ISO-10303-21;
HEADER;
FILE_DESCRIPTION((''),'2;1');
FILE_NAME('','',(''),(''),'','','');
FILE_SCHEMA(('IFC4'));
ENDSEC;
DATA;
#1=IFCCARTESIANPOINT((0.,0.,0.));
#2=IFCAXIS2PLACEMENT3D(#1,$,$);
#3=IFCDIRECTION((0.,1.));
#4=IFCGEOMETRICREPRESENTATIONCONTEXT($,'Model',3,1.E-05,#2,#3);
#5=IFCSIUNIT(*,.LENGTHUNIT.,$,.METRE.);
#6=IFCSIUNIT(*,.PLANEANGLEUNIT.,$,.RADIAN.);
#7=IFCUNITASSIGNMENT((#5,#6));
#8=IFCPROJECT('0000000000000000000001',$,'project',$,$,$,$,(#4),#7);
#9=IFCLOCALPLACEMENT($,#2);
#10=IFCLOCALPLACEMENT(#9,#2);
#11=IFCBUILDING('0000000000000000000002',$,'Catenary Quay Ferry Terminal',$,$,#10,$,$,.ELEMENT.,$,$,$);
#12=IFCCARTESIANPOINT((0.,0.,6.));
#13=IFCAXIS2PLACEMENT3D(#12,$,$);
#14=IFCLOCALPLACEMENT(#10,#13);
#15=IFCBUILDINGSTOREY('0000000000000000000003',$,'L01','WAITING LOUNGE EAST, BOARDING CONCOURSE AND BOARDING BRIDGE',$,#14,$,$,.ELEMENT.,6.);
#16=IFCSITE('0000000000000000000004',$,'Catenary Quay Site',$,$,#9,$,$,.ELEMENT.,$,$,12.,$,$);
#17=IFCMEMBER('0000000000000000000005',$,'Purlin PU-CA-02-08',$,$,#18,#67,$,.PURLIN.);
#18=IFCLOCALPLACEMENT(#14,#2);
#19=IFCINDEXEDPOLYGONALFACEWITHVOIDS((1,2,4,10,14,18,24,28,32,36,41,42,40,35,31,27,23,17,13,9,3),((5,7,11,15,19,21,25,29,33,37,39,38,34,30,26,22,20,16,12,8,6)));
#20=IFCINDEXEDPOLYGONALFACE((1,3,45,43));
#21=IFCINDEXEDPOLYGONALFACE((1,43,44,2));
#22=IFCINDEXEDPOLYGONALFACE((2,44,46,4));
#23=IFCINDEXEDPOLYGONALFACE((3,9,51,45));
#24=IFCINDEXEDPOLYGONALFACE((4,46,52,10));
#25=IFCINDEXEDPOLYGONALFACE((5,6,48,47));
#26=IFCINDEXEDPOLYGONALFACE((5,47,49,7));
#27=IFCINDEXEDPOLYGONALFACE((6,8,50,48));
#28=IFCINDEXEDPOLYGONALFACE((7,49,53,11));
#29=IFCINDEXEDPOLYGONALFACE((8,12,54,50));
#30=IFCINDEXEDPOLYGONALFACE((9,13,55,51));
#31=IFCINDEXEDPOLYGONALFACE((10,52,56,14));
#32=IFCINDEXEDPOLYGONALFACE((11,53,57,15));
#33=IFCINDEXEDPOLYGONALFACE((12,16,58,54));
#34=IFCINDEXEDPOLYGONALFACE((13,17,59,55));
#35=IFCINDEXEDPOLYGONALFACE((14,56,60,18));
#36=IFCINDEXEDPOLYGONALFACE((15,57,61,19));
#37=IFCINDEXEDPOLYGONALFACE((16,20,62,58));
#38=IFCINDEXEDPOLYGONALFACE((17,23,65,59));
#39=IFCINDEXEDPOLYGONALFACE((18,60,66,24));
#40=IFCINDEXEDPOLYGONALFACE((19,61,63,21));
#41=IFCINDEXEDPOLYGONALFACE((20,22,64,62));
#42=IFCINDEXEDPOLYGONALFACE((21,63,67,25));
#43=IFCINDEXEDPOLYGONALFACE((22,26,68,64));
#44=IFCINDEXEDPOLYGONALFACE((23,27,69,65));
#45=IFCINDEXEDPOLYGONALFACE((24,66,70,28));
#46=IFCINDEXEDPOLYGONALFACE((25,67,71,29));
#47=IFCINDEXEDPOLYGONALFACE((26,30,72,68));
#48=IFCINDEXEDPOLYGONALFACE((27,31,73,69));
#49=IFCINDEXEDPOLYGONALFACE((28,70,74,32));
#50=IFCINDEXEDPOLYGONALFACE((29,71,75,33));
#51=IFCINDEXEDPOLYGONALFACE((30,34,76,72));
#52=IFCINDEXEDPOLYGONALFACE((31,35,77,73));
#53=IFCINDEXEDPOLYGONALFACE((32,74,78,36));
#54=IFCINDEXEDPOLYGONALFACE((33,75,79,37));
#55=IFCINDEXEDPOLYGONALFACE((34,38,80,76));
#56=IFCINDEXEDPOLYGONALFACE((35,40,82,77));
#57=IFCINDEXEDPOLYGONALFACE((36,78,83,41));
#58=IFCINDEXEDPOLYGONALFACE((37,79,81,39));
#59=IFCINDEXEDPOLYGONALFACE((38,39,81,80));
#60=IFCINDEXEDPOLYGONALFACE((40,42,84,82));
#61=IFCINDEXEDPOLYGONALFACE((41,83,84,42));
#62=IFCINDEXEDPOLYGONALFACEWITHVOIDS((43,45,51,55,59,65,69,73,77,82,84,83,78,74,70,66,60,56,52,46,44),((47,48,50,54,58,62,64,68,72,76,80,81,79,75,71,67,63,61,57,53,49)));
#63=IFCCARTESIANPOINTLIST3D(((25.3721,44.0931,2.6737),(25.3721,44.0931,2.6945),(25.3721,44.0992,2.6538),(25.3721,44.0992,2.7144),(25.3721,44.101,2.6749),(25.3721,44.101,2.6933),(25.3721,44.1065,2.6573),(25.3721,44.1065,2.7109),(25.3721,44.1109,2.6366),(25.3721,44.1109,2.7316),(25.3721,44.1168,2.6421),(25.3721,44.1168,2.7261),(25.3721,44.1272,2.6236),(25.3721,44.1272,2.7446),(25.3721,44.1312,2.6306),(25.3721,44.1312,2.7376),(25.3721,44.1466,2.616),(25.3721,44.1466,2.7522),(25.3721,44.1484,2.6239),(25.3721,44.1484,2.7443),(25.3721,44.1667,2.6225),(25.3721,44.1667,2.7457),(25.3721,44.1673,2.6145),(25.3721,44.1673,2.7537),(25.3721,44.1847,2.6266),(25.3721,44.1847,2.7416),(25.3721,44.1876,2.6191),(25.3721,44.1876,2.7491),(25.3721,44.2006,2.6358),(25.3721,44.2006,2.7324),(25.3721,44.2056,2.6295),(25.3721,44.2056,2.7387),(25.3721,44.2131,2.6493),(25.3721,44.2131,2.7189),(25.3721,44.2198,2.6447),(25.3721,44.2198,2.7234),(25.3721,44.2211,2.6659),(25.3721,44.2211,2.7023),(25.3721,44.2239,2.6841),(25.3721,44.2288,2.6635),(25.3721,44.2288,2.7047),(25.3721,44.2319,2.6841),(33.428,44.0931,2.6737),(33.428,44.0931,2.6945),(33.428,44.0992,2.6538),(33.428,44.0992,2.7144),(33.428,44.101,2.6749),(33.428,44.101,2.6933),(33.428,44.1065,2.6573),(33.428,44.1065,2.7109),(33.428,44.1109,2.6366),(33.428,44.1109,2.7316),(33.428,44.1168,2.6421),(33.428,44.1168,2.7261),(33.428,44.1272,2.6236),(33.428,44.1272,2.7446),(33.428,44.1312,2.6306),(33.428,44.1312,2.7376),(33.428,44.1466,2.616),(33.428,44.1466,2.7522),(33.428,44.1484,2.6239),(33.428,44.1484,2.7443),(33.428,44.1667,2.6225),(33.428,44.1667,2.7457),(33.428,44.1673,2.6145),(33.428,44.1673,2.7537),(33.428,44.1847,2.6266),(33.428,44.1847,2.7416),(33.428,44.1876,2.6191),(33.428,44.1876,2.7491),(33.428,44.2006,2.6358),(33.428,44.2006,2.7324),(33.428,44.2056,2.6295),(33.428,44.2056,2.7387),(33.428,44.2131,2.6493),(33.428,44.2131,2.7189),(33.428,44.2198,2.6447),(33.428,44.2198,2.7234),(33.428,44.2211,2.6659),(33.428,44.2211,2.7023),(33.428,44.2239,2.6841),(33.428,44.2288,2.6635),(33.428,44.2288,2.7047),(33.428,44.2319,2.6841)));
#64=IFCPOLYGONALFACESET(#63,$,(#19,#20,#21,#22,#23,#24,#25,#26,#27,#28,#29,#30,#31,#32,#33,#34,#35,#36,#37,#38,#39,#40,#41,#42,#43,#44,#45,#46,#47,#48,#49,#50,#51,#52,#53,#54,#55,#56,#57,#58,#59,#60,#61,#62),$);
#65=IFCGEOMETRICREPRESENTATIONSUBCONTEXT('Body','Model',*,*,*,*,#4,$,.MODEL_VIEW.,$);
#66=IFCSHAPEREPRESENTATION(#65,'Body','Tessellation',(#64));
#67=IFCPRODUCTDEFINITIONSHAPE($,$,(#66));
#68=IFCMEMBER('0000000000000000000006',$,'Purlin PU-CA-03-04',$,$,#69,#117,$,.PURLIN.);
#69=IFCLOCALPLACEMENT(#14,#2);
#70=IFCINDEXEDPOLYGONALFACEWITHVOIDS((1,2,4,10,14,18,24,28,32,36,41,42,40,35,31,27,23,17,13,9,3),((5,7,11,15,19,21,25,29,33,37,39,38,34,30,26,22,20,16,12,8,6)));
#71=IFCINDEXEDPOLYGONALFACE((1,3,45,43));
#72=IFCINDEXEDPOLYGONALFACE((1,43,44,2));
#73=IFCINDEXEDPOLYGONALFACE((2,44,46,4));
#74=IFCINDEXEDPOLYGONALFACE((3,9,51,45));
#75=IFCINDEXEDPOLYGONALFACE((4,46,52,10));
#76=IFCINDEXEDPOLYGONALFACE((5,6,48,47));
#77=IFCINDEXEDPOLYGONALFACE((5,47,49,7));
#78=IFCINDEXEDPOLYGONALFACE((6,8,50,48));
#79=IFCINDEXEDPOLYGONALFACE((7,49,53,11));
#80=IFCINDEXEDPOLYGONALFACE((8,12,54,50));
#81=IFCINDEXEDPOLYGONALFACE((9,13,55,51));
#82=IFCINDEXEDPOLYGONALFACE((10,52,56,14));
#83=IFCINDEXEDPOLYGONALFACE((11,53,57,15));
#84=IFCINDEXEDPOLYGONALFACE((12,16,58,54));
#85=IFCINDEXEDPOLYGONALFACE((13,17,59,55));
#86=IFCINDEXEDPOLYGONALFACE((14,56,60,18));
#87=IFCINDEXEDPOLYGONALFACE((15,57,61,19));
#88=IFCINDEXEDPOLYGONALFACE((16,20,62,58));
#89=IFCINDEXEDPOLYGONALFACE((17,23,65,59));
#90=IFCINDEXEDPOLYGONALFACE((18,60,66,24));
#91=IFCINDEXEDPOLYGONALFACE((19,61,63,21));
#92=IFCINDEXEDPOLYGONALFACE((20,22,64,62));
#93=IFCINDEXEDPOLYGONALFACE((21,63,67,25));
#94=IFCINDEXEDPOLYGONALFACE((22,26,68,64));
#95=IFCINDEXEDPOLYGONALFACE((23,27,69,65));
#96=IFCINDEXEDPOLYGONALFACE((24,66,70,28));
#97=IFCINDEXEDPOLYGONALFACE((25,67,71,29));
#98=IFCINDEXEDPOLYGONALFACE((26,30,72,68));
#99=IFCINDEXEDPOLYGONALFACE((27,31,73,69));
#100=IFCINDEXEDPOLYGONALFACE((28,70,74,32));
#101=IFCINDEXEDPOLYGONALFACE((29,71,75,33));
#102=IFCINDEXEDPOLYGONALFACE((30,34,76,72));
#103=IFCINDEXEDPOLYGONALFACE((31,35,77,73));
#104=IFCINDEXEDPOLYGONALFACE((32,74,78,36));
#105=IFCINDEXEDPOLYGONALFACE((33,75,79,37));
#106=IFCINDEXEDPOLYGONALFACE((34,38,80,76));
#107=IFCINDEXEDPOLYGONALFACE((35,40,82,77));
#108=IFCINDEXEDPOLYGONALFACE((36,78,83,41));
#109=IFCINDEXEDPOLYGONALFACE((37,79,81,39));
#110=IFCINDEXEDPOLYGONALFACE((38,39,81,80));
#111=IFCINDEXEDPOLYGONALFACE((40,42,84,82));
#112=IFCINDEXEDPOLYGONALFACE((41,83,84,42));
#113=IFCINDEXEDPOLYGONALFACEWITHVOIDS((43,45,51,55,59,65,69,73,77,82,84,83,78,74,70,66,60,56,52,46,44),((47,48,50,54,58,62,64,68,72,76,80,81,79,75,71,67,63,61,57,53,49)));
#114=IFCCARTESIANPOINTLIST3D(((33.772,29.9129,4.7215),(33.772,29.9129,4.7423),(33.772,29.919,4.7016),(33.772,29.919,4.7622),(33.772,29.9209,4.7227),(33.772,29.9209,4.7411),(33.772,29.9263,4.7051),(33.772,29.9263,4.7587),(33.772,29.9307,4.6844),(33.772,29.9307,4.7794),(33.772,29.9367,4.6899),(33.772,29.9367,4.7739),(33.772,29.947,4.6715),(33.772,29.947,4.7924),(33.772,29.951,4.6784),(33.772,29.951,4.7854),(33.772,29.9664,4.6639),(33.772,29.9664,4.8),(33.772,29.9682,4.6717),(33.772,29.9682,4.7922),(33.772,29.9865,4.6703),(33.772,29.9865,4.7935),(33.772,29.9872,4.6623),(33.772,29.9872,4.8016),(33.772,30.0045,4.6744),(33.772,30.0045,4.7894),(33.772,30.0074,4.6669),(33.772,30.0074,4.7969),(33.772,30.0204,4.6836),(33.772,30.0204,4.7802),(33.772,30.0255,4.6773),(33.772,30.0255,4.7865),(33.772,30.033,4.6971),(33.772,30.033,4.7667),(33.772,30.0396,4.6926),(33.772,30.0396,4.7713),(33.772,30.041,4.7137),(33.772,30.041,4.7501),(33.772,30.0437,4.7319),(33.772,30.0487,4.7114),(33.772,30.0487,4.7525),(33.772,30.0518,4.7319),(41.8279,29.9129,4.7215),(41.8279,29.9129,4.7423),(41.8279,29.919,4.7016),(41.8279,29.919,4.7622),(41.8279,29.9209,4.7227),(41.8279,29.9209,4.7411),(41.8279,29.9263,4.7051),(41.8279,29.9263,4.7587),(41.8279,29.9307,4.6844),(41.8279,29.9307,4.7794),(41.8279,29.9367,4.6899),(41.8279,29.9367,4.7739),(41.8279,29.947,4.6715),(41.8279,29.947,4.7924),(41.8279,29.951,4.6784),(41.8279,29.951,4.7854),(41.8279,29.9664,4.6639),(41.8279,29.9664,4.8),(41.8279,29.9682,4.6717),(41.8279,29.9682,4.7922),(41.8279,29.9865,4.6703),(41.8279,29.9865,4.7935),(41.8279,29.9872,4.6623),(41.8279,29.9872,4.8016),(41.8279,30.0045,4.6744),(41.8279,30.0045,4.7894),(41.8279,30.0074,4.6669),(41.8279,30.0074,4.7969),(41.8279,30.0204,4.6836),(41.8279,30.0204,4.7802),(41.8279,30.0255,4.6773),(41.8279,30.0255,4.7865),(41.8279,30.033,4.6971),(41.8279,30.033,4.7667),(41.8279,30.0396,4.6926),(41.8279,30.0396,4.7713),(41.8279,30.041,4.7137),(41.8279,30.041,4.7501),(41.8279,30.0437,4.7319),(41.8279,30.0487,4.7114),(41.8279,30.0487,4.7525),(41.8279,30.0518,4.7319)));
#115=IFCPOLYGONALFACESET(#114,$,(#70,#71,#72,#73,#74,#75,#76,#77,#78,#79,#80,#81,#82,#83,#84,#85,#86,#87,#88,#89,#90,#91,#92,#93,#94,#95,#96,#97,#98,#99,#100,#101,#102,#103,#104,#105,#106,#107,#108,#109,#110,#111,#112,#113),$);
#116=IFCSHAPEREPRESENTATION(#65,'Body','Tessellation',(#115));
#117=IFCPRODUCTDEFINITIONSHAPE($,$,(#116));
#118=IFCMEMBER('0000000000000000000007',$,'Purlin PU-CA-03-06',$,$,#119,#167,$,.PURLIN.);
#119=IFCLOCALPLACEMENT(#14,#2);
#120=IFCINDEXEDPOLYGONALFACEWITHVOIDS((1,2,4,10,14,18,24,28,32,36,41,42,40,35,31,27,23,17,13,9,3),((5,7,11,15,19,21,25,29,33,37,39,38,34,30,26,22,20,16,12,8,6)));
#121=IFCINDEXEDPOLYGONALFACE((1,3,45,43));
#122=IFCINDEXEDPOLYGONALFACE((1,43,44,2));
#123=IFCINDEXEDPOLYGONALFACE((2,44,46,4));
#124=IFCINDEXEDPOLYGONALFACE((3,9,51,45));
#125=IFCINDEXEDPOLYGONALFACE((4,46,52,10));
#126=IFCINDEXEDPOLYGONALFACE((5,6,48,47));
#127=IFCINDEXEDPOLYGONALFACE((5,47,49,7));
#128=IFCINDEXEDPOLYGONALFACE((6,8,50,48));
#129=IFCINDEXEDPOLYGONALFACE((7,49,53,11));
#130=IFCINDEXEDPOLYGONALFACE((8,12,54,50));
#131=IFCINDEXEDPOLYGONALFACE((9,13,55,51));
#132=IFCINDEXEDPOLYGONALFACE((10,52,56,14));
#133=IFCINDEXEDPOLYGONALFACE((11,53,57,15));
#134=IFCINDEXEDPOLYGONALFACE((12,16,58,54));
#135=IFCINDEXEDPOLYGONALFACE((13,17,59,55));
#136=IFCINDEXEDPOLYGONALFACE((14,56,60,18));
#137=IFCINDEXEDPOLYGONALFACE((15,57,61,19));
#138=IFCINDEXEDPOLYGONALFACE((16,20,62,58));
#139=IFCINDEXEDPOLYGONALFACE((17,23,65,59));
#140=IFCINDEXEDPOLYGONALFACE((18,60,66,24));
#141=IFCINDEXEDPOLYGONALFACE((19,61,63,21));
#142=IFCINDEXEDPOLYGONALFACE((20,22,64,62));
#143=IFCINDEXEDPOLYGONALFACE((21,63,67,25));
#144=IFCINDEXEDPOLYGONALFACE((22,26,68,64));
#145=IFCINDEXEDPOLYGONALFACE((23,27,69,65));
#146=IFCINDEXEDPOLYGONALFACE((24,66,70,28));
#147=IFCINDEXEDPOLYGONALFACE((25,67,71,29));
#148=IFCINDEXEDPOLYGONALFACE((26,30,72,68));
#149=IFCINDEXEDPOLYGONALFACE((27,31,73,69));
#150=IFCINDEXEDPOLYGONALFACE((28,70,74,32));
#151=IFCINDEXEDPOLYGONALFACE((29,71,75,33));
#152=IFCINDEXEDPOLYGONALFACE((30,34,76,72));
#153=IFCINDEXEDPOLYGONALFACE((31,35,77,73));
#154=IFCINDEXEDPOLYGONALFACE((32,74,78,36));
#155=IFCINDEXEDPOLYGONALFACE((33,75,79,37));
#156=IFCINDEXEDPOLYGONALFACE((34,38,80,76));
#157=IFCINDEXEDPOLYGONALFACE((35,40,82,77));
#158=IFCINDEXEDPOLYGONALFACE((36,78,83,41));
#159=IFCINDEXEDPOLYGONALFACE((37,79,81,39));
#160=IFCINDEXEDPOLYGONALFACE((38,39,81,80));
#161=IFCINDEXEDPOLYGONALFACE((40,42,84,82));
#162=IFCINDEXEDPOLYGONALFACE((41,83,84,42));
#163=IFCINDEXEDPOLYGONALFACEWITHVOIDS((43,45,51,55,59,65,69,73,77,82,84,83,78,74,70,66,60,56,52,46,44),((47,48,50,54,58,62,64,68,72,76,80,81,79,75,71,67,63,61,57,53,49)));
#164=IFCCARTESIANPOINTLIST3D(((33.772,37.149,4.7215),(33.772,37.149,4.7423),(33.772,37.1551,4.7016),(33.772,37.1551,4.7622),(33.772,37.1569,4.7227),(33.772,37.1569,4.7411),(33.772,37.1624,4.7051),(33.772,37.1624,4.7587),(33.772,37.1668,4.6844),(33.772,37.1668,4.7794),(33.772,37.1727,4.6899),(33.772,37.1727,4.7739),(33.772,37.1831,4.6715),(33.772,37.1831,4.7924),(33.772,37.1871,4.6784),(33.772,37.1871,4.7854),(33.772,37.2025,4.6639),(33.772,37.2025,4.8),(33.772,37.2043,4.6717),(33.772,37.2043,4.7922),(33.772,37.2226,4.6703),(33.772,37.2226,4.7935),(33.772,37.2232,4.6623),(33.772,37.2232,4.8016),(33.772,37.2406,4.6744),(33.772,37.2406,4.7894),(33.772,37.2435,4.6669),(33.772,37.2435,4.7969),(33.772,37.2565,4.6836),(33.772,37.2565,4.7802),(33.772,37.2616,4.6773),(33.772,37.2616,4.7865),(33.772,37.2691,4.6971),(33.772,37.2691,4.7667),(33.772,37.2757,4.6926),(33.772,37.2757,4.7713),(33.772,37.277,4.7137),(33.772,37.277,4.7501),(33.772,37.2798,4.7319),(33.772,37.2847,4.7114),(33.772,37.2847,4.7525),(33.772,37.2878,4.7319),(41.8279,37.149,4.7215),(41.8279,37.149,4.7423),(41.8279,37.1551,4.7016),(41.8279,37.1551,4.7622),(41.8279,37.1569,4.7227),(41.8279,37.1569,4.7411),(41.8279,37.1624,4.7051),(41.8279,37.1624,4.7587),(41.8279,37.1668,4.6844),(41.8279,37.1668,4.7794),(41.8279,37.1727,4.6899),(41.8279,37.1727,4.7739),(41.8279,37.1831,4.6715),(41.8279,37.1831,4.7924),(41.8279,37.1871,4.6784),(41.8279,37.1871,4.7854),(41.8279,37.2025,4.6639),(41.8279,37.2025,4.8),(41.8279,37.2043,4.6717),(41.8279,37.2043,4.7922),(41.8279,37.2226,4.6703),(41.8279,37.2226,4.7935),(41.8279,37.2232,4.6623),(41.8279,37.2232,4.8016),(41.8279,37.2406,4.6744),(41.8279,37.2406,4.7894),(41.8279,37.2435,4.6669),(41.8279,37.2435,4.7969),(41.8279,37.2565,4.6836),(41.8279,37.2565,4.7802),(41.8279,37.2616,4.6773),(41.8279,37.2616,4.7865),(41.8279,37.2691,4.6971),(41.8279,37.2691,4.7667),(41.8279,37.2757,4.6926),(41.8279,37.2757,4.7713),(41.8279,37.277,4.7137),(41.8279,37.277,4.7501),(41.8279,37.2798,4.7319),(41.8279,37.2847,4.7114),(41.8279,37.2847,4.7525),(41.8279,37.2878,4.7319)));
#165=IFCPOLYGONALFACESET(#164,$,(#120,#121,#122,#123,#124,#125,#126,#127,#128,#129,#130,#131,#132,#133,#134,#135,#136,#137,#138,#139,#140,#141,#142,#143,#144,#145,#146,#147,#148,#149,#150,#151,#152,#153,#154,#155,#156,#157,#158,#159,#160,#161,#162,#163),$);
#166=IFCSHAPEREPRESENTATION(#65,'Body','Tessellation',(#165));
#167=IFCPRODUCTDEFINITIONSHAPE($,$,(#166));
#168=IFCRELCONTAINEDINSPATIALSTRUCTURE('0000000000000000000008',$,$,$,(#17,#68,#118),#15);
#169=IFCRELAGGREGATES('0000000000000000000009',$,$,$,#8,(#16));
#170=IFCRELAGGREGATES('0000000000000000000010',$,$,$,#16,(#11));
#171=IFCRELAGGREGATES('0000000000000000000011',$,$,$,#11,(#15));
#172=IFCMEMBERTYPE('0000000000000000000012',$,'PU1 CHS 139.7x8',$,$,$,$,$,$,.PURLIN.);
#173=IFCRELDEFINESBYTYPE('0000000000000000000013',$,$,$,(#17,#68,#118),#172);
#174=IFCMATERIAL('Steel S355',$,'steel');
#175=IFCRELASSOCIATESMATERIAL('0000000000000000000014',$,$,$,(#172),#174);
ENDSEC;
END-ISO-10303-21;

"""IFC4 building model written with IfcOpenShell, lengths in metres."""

from ifc_helpers import new_model, si_unit, direction, frame, origin, origin_2d, place, context, subcontext, project, spatial, hollow_circle, extrude, material, material_profile, profile_set, type_object, element, save


model = new_model("IFC4")

# Units and contexts
model_context = context("Model", 3, precision=1e-05, world=origin(), true_north=direction((0.0, 1.0)))
body_context = subcontext(model_context, "Body", "Model", "MODEL_VIEW")
ifc_project = project(units=[si_unit("LENGTHUNIT", "METRE"), si_unit("PLANEANGLEUNIT", "RADIAN")], contexts=[model_context])

# Site, building, storey
site_placement = place(None, origin())
site = spatial("IfcSite", under=ifc_project, at=site_placement, Name="Catenary Quay Site", CompositionType="ELEMENT", RefElevation=12.0)
building_placement = place(site_placement, origin())
building = spatial("IfcBuilding", under=site, at=building_placement, Name="Catenary Quay Ferry Terminal", CompositionType="ELEMENT")
storey_placement = place(building_placement, frame((0.0, 0.0, 6.0)))
storey = spatial("IfcBuildingStorey", under=building, at=storey_placement, Name="L01", Description="WAITING LOUNGE EAST, BOARDING CONCOURSE AND BOARDING BRIDGE", CompositionType="ELEMENT", Elevation=6.0)

# Members
ifc_material_1 = material(Name="Steel S355", Category="steel")
ifc_material_profile_1 = material_profile(ifc_material_1, hollow_circle(Radius=0.0698, WallThickness=0.0081, at=origin_2d()), Name="CHS 139.7x8")
ifc_profile_set_1 = profile_set([ifc_material_profile_1], Name="Steel S355")
member_type_1 = type_object("IfcMemberType", Name="PU1 CHS 139.7x8", PredefinedType="PURLIN", material=ifc_profile_set_1)
for number, where, z_axis, x_axis, name in (
    (1, (25.3721, 44.1621, 2.6841), (1.0, 0.0, 0.0), (0.0, 1.0, 0.0), "Purlin PU-CA-02-08"),
    (2, (33.772, 29.9819, 4.7319), (1.0, 0.0, 0.0), (0.0, 1.0, 0.0), "Purlin PU-CA-03-04"),
    (3, (33.772, 37.218, 4.7319), (1.0, 0.0, 0.0), (0.0, 1.0, 0.0), "Purlin PU-CA-03-06"),
):
    element("IfcMember", number, at=place(storey_placement, frame(where, z_axis=z_axis, x_axis=x_axis)), inside=storey, type_object=member_type_1, Name=name, PredefinedType="PURLIN", context=body_context, shape_type="SweptSolid", body=[
        extrude(hollow_circle(Radius=0.0698, WallThickness=0.0081, at=origin_2d()), origin(), (0.0, 0.0, 1.0), 8.0559),
    ])

save(model, "model.ifc")
